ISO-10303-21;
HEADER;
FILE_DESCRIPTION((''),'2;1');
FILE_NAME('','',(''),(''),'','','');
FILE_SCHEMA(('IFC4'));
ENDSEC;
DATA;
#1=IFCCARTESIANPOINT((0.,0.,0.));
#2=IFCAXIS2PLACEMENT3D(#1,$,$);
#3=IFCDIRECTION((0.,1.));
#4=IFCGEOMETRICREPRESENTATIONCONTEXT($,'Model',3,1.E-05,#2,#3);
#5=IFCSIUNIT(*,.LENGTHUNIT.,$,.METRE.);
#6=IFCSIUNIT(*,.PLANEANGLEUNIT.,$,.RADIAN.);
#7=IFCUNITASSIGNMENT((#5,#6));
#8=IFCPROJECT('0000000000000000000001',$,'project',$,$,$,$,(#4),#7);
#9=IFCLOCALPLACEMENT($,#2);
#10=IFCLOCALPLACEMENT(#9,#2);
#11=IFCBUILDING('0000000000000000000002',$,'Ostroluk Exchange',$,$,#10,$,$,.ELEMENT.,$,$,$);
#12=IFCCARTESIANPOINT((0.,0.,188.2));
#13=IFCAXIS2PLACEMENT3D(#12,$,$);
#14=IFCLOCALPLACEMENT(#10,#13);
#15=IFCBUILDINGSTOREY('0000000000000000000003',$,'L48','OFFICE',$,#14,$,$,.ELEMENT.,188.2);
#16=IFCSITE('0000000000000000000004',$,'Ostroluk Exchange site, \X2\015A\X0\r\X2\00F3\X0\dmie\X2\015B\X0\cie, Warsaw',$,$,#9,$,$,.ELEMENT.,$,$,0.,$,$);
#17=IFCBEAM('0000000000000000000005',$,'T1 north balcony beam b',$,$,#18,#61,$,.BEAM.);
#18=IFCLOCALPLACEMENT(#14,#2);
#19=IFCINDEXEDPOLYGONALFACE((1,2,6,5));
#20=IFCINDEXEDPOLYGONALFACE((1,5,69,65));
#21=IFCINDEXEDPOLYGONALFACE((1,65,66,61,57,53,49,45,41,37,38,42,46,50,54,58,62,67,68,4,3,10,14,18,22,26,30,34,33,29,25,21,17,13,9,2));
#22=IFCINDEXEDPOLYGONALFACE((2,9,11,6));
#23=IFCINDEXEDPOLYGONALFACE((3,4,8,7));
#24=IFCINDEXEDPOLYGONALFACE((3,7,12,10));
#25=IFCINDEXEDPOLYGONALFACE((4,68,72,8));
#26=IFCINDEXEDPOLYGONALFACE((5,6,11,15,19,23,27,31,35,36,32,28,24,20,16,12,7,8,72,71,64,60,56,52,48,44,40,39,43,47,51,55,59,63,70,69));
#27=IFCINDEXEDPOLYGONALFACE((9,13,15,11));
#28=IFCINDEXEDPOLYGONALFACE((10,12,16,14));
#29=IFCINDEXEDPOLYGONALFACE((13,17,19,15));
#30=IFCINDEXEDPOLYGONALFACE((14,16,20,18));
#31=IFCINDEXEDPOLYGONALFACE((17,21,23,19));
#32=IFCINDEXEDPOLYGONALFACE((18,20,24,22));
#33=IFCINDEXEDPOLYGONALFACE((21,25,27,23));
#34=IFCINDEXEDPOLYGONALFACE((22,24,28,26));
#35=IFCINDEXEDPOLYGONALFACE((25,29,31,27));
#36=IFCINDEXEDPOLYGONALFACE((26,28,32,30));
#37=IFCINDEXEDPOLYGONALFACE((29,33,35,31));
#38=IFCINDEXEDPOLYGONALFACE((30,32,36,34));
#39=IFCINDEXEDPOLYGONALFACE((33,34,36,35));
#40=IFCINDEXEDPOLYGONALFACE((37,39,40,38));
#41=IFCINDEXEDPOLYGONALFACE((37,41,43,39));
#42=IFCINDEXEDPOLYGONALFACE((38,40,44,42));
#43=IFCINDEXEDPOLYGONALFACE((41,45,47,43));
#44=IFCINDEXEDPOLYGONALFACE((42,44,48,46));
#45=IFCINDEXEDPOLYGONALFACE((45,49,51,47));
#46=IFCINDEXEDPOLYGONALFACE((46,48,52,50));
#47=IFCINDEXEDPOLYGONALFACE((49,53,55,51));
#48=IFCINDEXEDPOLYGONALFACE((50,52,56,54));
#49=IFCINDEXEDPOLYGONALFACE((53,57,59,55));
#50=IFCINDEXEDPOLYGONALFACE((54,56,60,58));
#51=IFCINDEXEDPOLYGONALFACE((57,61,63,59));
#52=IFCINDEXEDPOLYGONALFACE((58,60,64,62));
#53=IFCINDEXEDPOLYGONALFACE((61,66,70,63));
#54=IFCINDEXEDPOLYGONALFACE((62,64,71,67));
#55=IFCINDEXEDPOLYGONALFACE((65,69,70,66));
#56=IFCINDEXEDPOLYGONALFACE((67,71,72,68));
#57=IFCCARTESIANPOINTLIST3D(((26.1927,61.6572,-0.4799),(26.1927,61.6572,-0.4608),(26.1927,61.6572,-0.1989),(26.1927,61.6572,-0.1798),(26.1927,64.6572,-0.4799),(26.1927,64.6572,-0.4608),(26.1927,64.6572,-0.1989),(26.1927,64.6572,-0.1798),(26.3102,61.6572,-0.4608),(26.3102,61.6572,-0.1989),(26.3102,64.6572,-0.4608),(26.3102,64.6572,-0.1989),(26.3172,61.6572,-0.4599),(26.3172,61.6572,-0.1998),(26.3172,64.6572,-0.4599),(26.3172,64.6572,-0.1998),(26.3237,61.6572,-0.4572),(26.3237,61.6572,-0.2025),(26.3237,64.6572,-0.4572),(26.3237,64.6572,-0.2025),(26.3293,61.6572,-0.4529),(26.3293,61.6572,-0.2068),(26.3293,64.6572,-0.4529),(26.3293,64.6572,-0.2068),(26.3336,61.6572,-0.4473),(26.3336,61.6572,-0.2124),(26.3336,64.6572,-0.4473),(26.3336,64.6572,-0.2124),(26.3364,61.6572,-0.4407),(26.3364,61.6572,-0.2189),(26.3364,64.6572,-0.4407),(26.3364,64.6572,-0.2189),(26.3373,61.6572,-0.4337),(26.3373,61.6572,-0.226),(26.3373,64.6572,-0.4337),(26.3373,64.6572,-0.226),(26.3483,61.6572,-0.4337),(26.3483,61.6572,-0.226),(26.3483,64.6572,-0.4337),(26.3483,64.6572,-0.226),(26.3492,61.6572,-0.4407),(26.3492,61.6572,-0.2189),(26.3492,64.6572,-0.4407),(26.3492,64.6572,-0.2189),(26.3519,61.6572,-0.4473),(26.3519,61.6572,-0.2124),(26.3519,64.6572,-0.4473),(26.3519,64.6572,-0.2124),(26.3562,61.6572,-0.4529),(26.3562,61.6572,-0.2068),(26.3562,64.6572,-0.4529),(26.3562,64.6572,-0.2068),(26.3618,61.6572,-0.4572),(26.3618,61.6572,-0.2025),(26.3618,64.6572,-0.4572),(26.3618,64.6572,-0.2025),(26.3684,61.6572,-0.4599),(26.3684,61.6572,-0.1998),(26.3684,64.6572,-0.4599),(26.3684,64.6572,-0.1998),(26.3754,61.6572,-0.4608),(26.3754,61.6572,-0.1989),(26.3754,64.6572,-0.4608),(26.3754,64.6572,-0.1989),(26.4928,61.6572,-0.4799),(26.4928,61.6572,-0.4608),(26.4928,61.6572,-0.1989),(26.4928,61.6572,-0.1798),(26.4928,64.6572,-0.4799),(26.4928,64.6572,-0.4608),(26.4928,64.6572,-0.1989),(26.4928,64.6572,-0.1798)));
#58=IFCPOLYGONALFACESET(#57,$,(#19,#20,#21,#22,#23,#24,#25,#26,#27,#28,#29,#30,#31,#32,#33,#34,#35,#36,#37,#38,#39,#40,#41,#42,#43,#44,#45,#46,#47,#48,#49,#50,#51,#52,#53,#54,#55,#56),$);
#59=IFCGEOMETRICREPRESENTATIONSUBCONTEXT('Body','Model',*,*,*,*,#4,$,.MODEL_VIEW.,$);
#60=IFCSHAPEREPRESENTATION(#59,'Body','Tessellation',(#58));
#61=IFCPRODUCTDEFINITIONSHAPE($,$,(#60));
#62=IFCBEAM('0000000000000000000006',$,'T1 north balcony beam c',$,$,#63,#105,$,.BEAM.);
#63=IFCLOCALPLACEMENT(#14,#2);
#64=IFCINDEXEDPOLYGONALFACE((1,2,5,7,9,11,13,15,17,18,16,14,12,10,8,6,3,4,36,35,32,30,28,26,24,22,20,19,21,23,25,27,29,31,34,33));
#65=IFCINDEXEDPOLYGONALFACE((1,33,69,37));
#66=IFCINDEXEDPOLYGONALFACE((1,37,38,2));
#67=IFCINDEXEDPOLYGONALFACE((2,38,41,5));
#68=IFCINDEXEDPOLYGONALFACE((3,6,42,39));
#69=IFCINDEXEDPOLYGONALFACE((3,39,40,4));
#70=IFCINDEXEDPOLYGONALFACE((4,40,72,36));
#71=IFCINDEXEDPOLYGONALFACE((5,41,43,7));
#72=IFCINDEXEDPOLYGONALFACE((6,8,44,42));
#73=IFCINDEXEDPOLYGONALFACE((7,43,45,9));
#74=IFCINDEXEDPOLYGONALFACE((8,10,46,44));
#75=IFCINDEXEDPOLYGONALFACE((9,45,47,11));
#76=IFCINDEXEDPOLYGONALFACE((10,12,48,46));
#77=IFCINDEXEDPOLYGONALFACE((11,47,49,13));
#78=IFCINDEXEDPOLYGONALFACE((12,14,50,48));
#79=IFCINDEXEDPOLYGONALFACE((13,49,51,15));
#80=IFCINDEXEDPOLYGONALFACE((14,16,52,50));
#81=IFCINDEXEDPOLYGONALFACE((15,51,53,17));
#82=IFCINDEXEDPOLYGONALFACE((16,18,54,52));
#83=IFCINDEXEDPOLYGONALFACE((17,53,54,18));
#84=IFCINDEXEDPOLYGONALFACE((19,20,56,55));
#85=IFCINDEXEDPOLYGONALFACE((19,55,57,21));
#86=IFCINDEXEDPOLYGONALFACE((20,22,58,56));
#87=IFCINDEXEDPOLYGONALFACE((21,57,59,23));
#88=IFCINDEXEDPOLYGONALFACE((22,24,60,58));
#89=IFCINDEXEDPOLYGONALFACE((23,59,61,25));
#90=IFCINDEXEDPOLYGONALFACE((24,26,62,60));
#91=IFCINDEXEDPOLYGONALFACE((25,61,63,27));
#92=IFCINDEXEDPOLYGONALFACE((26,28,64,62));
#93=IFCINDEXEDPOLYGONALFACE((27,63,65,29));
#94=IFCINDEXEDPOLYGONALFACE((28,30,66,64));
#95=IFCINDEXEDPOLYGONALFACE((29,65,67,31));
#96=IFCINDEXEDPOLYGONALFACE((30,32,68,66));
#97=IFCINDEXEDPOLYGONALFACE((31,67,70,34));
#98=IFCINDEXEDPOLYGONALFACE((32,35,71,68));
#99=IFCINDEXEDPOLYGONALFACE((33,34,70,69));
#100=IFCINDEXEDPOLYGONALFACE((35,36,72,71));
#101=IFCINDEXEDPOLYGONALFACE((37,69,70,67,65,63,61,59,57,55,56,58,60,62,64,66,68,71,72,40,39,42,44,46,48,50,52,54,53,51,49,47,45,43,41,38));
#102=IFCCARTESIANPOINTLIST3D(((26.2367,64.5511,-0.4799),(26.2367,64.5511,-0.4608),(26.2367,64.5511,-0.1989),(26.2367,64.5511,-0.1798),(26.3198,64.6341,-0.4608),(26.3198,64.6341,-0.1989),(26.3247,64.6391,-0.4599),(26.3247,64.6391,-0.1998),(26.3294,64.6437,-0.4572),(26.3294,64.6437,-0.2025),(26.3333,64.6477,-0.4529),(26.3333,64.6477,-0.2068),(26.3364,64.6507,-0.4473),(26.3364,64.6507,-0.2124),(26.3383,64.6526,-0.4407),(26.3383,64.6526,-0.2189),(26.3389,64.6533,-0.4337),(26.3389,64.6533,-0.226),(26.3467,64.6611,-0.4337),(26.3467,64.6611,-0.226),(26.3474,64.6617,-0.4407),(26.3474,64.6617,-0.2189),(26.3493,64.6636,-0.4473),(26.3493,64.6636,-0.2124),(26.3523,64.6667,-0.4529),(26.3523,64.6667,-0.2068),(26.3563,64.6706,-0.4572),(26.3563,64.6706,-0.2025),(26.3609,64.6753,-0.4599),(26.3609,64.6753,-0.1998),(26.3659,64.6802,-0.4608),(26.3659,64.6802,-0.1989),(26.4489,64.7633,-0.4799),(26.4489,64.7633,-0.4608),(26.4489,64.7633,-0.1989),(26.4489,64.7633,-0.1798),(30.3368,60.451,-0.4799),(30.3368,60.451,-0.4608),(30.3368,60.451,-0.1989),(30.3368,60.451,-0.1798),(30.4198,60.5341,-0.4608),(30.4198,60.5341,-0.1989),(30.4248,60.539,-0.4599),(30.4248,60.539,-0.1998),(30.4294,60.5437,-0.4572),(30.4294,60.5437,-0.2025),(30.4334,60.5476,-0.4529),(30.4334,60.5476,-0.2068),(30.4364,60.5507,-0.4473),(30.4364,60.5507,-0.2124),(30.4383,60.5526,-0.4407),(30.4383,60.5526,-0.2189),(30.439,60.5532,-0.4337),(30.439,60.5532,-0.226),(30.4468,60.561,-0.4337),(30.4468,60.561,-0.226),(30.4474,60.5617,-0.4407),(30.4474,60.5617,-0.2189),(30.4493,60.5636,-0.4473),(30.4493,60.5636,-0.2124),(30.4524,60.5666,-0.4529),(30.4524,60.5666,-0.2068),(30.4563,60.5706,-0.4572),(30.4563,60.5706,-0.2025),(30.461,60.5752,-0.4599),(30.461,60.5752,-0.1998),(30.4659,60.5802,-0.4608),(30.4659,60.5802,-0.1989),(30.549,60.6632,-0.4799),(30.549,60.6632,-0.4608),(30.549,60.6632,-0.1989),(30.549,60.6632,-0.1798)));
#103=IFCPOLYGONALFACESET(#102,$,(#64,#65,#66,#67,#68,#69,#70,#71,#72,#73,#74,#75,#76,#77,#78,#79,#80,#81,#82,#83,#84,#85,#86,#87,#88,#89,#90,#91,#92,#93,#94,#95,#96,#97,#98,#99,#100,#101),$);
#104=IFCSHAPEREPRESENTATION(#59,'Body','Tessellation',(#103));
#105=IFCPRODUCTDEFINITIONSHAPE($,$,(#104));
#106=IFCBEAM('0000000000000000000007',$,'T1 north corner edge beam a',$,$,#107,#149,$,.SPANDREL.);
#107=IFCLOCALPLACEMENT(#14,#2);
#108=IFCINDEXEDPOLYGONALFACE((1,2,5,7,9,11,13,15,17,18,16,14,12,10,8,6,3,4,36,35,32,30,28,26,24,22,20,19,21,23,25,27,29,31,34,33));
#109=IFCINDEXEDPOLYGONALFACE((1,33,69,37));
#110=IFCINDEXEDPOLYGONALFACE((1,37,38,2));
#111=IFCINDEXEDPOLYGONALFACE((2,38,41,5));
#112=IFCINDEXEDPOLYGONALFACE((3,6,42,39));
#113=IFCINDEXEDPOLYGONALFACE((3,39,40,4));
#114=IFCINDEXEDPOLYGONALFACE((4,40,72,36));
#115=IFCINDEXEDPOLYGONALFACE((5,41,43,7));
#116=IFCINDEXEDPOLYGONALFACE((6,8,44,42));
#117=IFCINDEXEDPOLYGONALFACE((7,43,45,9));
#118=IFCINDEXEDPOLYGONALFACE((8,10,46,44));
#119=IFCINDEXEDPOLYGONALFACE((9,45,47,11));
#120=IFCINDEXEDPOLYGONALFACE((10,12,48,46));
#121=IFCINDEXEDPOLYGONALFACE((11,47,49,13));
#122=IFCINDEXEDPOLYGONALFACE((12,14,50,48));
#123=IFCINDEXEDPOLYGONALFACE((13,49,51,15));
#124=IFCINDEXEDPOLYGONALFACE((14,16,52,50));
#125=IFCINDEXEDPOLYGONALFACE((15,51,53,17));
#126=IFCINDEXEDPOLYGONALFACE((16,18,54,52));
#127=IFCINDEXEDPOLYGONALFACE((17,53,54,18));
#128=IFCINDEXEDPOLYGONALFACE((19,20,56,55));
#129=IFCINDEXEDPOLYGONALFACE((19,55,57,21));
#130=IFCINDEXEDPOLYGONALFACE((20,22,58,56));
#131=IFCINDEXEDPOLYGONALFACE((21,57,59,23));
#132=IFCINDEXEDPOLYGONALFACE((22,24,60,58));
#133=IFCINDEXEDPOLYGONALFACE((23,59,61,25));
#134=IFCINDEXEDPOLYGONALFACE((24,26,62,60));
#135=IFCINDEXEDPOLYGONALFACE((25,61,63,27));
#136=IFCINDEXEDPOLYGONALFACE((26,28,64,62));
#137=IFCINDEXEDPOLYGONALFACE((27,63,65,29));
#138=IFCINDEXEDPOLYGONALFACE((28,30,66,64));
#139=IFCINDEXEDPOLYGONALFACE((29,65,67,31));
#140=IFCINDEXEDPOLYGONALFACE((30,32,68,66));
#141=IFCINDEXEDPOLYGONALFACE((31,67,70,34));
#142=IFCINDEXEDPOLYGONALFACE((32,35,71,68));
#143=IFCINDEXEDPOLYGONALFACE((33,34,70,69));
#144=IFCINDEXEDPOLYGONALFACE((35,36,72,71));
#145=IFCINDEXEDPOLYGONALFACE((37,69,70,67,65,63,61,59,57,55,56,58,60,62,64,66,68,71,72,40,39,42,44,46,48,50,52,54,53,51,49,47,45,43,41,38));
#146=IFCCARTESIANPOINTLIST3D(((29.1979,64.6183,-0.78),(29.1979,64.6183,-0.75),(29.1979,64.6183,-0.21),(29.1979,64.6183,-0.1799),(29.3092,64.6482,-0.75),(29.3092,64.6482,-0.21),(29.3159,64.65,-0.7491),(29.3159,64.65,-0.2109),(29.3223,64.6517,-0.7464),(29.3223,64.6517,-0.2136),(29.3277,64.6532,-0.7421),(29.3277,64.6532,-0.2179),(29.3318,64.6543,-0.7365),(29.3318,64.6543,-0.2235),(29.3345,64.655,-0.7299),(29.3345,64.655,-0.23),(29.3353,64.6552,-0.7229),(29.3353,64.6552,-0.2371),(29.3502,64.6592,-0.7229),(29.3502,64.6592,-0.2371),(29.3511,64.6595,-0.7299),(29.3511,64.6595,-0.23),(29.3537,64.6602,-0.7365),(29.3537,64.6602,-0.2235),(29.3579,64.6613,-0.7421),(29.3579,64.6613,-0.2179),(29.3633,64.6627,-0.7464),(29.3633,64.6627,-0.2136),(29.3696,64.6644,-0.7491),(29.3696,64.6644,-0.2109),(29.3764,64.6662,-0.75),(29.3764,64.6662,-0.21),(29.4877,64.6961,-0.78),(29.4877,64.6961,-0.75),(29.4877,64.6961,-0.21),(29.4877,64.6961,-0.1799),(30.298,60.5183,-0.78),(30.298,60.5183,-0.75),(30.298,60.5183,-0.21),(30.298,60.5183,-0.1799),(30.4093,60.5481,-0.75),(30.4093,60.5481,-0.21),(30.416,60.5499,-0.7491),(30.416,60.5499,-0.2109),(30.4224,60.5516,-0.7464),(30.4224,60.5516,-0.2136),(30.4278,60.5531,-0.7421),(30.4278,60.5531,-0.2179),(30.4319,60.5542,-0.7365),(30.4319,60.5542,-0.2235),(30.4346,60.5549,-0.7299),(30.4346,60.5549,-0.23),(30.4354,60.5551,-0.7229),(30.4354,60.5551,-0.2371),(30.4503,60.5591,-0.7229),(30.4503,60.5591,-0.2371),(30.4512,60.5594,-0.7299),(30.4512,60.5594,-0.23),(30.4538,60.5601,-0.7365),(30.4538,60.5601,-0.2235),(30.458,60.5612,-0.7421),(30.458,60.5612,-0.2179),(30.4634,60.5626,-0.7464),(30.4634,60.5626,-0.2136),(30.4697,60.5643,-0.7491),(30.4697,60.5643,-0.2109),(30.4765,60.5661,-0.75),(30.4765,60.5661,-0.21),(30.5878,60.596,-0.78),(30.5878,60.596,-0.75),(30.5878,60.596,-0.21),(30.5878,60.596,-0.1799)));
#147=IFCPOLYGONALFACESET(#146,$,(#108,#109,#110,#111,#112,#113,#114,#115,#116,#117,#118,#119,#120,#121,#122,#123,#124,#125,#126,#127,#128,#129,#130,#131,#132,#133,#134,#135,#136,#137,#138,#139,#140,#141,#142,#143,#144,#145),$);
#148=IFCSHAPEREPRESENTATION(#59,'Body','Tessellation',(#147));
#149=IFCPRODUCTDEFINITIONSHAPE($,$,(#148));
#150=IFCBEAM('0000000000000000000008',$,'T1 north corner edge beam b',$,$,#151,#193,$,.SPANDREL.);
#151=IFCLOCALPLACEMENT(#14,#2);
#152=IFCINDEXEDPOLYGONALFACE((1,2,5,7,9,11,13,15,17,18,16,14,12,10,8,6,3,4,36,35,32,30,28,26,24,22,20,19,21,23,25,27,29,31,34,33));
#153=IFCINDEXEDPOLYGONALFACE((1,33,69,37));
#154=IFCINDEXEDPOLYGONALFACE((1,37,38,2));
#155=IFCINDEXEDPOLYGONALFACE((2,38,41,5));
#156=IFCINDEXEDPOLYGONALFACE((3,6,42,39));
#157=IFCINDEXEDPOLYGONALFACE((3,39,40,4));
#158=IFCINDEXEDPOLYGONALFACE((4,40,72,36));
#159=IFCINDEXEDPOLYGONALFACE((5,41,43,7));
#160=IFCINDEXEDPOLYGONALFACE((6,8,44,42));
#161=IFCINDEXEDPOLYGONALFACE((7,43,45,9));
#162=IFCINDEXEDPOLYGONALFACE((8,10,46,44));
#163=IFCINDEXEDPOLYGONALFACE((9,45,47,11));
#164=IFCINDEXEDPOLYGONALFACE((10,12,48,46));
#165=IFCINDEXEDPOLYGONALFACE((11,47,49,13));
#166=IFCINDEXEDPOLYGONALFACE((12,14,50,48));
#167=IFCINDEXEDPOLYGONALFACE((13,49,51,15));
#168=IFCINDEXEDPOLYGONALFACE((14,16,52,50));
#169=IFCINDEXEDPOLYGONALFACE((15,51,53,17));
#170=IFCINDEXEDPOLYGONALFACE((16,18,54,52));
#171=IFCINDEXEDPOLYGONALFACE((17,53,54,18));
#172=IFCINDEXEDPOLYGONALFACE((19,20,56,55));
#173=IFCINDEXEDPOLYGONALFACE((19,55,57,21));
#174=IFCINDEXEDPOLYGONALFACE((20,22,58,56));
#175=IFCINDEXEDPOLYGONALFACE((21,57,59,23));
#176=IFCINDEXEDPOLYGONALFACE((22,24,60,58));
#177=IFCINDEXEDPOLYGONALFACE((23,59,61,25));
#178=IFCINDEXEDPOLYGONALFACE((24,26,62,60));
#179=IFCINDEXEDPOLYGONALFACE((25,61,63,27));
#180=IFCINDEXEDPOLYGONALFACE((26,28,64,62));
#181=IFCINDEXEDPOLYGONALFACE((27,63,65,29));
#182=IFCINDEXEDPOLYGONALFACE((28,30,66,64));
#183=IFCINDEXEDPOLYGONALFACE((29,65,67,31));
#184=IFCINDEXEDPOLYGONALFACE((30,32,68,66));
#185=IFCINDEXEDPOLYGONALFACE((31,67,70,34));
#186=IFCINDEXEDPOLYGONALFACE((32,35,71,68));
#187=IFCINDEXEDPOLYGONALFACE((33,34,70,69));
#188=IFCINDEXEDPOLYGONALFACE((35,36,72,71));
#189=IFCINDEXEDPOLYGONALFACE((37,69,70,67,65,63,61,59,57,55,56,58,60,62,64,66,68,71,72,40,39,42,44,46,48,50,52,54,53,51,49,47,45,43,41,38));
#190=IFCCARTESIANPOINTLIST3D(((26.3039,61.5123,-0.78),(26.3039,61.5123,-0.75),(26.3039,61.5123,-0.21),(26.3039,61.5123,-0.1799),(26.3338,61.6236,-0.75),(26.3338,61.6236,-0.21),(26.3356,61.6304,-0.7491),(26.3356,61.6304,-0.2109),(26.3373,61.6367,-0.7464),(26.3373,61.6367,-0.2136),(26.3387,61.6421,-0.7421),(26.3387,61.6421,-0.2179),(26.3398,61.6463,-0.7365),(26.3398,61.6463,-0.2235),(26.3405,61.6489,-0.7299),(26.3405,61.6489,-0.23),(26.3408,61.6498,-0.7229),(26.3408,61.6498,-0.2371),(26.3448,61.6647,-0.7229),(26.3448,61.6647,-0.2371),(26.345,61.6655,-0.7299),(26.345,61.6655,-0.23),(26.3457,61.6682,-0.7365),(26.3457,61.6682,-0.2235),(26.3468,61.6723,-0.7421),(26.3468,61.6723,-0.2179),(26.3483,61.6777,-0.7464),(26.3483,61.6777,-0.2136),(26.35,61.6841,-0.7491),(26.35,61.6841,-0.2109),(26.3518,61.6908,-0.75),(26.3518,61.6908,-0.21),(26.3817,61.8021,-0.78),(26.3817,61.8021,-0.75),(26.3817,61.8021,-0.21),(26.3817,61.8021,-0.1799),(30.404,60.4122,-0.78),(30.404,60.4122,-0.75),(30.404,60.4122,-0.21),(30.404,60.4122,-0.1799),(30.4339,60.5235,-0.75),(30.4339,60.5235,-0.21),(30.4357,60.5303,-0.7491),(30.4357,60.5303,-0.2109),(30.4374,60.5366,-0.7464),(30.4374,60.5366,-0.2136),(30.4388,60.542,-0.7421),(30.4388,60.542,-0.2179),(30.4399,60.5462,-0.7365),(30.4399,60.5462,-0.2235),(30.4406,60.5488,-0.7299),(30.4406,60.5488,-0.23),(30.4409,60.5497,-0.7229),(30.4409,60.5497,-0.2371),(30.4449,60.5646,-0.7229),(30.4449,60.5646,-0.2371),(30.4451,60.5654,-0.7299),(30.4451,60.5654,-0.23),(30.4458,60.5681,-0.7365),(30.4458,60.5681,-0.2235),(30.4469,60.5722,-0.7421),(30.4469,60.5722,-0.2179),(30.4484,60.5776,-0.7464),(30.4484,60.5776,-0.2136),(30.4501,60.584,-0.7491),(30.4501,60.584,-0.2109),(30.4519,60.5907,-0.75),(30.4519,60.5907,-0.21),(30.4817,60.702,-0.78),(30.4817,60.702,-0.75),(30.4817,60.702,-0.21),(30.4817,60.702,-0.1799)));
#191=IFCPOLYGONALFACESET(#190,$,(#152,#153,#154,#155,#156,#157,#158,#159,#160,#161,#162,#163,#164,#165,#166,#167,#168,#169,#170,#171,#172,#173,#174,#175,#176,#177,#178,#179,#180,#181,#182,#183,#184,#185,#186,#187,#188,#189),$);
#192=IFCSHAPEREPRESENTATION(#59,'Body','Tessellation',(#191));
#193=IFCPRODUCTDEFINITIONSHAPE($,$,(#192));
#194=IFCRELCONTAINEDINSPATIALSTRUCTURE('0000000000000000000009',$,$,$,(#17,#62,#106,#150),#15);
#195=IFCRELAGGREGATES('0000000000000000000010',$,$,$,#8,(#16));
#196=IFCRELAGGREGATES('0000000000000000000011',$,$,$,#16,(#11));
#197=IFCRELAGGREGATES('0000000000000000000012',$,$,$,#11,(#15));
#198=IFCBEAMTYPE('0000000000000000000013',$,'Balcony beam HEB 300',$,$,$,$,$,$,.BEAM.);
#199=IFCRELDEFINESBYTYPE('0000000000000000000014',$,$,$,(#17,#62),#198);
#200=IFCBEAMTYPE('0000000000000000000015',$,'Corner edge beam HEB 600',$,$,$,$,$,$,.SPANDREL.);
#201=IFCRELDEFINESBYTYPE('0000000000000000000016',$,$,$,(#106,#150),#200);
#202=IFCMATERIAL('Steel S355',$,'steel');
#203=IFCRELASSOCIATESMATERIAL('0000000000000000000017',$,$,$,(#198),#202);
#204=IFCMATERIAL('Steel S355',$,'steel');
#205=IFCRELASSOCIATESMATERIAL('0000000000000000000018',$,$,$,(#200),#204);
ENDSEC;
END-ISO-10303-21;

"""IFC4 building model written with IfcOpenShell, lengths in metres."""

from ifc_helpers import new_model, si_unit, direction, frame, origin, origin_2d, place, context, subcontext, project, spatial, i_section, extrude, material, material_profile, profile_set, type_object, element, save


model = new_model("IFC4")

# Units and contexts
model_context = context("Model", 3, precision=1e-05, world=origin(), true_north=direction((0.0, 1.0)))
body_context = subcontext(model_context, "Body", "Model", "MODEL_VIEW")
ifc_project = project(units=[si_unit("LENGTHUNIT", "METRE"), si_unit("PLANEANGLEUNIT", "RADIAN")], contexts=[model_context])

# Site, building, storey
site_placement = place(None, origin())
site = spatial("IfcSite", under=ifc_project, at=site_placement, Name="Ostroluk Exchange site, Śródmieście, Warsaw", CompositionType="ELEMENT", RefElevation=0.0)
building_placement = place(site_placement, origin())
building = spatial("IfcBuilding", under=site, at=building_placement, Name="Ostroluk Exchange", CompositionType="ELEMENT")
storey_placement = place(building_placement, frame((0.0, 0.0, 188.2)))
storey = spatial("IfcBuildingStorey", under=building, at=storey_placement, Name="L48", Description="OFFICE", CompositionType="ELEMENT", Elevation=188.2)

# Beams
ifc_material_1 = material(Name="Steel S355", Category="steel")
ifc_material_profile_1 = material_profile(ifc_material_1, i_section(OverallWidth=0.3, OverallDepth=0.3, WebThickness=0.011, FlangeThickness=0.019, FilletRadius=0.0271, at=origin_2d()), Name="HEB 300")
ifc_profile_set_1 = profile_set([ifc_material_profile_1], Name="Steel S355")
beam_type_1 = type_object("IfcBeamType", Name="Balcony beam HEB 300", PredefinedType="BEAM", material=ifc_profile_set_1)
for number, where, z_axis, x_axis, name in (
    (1, (26.3428, 61.6572, -0.3298), (0.0, 1.0, 0.0), (-1.0, 0.0, 0.0), "T1 north balcony beam b"),
):
    element("IfcBeam", number, at=place(storey_placement, frame(where, z_axis=z_axis, x_axis=x_axis)), inside=storey, type_object=beam_type_1, Name=name, PredefinedType="BEAM", context=body_context, shape_type="SweptSolid", body=[
        extrude(i_section(OverallWidth=0.3, OverallDepth=0.3, WebThickness=0.011, FlangeThickness=0.019, FilletRadius=0.0271, at=origin_2d()), origin(), (0.0, 0.0, 1.0), 3.0),
    ])
beam_1_placement = place(storey_placement, frame((30.4429, 60.5571, -0.3298), z_axis=(-0.707107, 0.707107, 0.0), x_axis=(-0.707107, -0.707107, 0.0)))
element("IfcBeam", 2, at=beam_1_placement, inside=storey, type_object=beam_type_1, Name="T1 north balcony beam c", PredefinedType="BEAM", context=body_context, shape_type="SweptSolid", body=[
    extrude(i_section(OverallWidth=0.3, OverallDepth=0.3, WebThickness=0.011, FlangeThickness=0.019, FilletRadius=0.0271, at=origin_2d()), origin(), (0.0, 0.0, 1.0), 5.7983),
])
ifc_material_2 = material(Name="Steel S355", Category="steel")
ifc_material_profile_2 = material_profile(ifc_material_2, i_section(OverallWidth=0.3, OverallDepth=0.6001, WebThickness=0.0154, FlangeThickness=0.03, FilletRadius=0.0271, at=origin_2d()), Name="HEB 600")
ifc_profile_set_2 = profile_set([ifc_material_profile_2], Name="Steel S355")
beam_type_2 = type_object("IfcBeamType", Name="Corner edge beam HEB 600", PredefinedType="SPANDREL", material=ifc_profile_set_2)
for number, where, z_axis, x_axis, name in (
    (3, (30.4429, 60.5571, -0.48), (-0.259144, 0.965839, 0.0), (-0.965839, -0.259144, 0.0), "T1 north corner edge beam a"),
    (4, (30.4429, 60.5571, -0.48), (-0.965839, 0.259144, 0.0), (-0.259144, -0.965839, 0.0), "T1 north corner edge beam b"),
):
    element("IfcBeam", number, at=place(storey_placement, frame(where, z_axis=z_axis, x_axis=x_axis)), inside=storey, type_object=beam_type_2, Name=name, PredefinedType="SPANDREL", context=body_context, shape_type="SweptSolid", body=[
        extrude(i_section(OverallWidth=0.3, OverallDepth=0.6001, WebThickness=0.0154, FlangeThickness=0.03, FilletRadius=0.0271, at=origin_2d()), origin(), (0.0, 0.0, 1.0), 4.2451),
    ])

save(model, "model.ifc")
